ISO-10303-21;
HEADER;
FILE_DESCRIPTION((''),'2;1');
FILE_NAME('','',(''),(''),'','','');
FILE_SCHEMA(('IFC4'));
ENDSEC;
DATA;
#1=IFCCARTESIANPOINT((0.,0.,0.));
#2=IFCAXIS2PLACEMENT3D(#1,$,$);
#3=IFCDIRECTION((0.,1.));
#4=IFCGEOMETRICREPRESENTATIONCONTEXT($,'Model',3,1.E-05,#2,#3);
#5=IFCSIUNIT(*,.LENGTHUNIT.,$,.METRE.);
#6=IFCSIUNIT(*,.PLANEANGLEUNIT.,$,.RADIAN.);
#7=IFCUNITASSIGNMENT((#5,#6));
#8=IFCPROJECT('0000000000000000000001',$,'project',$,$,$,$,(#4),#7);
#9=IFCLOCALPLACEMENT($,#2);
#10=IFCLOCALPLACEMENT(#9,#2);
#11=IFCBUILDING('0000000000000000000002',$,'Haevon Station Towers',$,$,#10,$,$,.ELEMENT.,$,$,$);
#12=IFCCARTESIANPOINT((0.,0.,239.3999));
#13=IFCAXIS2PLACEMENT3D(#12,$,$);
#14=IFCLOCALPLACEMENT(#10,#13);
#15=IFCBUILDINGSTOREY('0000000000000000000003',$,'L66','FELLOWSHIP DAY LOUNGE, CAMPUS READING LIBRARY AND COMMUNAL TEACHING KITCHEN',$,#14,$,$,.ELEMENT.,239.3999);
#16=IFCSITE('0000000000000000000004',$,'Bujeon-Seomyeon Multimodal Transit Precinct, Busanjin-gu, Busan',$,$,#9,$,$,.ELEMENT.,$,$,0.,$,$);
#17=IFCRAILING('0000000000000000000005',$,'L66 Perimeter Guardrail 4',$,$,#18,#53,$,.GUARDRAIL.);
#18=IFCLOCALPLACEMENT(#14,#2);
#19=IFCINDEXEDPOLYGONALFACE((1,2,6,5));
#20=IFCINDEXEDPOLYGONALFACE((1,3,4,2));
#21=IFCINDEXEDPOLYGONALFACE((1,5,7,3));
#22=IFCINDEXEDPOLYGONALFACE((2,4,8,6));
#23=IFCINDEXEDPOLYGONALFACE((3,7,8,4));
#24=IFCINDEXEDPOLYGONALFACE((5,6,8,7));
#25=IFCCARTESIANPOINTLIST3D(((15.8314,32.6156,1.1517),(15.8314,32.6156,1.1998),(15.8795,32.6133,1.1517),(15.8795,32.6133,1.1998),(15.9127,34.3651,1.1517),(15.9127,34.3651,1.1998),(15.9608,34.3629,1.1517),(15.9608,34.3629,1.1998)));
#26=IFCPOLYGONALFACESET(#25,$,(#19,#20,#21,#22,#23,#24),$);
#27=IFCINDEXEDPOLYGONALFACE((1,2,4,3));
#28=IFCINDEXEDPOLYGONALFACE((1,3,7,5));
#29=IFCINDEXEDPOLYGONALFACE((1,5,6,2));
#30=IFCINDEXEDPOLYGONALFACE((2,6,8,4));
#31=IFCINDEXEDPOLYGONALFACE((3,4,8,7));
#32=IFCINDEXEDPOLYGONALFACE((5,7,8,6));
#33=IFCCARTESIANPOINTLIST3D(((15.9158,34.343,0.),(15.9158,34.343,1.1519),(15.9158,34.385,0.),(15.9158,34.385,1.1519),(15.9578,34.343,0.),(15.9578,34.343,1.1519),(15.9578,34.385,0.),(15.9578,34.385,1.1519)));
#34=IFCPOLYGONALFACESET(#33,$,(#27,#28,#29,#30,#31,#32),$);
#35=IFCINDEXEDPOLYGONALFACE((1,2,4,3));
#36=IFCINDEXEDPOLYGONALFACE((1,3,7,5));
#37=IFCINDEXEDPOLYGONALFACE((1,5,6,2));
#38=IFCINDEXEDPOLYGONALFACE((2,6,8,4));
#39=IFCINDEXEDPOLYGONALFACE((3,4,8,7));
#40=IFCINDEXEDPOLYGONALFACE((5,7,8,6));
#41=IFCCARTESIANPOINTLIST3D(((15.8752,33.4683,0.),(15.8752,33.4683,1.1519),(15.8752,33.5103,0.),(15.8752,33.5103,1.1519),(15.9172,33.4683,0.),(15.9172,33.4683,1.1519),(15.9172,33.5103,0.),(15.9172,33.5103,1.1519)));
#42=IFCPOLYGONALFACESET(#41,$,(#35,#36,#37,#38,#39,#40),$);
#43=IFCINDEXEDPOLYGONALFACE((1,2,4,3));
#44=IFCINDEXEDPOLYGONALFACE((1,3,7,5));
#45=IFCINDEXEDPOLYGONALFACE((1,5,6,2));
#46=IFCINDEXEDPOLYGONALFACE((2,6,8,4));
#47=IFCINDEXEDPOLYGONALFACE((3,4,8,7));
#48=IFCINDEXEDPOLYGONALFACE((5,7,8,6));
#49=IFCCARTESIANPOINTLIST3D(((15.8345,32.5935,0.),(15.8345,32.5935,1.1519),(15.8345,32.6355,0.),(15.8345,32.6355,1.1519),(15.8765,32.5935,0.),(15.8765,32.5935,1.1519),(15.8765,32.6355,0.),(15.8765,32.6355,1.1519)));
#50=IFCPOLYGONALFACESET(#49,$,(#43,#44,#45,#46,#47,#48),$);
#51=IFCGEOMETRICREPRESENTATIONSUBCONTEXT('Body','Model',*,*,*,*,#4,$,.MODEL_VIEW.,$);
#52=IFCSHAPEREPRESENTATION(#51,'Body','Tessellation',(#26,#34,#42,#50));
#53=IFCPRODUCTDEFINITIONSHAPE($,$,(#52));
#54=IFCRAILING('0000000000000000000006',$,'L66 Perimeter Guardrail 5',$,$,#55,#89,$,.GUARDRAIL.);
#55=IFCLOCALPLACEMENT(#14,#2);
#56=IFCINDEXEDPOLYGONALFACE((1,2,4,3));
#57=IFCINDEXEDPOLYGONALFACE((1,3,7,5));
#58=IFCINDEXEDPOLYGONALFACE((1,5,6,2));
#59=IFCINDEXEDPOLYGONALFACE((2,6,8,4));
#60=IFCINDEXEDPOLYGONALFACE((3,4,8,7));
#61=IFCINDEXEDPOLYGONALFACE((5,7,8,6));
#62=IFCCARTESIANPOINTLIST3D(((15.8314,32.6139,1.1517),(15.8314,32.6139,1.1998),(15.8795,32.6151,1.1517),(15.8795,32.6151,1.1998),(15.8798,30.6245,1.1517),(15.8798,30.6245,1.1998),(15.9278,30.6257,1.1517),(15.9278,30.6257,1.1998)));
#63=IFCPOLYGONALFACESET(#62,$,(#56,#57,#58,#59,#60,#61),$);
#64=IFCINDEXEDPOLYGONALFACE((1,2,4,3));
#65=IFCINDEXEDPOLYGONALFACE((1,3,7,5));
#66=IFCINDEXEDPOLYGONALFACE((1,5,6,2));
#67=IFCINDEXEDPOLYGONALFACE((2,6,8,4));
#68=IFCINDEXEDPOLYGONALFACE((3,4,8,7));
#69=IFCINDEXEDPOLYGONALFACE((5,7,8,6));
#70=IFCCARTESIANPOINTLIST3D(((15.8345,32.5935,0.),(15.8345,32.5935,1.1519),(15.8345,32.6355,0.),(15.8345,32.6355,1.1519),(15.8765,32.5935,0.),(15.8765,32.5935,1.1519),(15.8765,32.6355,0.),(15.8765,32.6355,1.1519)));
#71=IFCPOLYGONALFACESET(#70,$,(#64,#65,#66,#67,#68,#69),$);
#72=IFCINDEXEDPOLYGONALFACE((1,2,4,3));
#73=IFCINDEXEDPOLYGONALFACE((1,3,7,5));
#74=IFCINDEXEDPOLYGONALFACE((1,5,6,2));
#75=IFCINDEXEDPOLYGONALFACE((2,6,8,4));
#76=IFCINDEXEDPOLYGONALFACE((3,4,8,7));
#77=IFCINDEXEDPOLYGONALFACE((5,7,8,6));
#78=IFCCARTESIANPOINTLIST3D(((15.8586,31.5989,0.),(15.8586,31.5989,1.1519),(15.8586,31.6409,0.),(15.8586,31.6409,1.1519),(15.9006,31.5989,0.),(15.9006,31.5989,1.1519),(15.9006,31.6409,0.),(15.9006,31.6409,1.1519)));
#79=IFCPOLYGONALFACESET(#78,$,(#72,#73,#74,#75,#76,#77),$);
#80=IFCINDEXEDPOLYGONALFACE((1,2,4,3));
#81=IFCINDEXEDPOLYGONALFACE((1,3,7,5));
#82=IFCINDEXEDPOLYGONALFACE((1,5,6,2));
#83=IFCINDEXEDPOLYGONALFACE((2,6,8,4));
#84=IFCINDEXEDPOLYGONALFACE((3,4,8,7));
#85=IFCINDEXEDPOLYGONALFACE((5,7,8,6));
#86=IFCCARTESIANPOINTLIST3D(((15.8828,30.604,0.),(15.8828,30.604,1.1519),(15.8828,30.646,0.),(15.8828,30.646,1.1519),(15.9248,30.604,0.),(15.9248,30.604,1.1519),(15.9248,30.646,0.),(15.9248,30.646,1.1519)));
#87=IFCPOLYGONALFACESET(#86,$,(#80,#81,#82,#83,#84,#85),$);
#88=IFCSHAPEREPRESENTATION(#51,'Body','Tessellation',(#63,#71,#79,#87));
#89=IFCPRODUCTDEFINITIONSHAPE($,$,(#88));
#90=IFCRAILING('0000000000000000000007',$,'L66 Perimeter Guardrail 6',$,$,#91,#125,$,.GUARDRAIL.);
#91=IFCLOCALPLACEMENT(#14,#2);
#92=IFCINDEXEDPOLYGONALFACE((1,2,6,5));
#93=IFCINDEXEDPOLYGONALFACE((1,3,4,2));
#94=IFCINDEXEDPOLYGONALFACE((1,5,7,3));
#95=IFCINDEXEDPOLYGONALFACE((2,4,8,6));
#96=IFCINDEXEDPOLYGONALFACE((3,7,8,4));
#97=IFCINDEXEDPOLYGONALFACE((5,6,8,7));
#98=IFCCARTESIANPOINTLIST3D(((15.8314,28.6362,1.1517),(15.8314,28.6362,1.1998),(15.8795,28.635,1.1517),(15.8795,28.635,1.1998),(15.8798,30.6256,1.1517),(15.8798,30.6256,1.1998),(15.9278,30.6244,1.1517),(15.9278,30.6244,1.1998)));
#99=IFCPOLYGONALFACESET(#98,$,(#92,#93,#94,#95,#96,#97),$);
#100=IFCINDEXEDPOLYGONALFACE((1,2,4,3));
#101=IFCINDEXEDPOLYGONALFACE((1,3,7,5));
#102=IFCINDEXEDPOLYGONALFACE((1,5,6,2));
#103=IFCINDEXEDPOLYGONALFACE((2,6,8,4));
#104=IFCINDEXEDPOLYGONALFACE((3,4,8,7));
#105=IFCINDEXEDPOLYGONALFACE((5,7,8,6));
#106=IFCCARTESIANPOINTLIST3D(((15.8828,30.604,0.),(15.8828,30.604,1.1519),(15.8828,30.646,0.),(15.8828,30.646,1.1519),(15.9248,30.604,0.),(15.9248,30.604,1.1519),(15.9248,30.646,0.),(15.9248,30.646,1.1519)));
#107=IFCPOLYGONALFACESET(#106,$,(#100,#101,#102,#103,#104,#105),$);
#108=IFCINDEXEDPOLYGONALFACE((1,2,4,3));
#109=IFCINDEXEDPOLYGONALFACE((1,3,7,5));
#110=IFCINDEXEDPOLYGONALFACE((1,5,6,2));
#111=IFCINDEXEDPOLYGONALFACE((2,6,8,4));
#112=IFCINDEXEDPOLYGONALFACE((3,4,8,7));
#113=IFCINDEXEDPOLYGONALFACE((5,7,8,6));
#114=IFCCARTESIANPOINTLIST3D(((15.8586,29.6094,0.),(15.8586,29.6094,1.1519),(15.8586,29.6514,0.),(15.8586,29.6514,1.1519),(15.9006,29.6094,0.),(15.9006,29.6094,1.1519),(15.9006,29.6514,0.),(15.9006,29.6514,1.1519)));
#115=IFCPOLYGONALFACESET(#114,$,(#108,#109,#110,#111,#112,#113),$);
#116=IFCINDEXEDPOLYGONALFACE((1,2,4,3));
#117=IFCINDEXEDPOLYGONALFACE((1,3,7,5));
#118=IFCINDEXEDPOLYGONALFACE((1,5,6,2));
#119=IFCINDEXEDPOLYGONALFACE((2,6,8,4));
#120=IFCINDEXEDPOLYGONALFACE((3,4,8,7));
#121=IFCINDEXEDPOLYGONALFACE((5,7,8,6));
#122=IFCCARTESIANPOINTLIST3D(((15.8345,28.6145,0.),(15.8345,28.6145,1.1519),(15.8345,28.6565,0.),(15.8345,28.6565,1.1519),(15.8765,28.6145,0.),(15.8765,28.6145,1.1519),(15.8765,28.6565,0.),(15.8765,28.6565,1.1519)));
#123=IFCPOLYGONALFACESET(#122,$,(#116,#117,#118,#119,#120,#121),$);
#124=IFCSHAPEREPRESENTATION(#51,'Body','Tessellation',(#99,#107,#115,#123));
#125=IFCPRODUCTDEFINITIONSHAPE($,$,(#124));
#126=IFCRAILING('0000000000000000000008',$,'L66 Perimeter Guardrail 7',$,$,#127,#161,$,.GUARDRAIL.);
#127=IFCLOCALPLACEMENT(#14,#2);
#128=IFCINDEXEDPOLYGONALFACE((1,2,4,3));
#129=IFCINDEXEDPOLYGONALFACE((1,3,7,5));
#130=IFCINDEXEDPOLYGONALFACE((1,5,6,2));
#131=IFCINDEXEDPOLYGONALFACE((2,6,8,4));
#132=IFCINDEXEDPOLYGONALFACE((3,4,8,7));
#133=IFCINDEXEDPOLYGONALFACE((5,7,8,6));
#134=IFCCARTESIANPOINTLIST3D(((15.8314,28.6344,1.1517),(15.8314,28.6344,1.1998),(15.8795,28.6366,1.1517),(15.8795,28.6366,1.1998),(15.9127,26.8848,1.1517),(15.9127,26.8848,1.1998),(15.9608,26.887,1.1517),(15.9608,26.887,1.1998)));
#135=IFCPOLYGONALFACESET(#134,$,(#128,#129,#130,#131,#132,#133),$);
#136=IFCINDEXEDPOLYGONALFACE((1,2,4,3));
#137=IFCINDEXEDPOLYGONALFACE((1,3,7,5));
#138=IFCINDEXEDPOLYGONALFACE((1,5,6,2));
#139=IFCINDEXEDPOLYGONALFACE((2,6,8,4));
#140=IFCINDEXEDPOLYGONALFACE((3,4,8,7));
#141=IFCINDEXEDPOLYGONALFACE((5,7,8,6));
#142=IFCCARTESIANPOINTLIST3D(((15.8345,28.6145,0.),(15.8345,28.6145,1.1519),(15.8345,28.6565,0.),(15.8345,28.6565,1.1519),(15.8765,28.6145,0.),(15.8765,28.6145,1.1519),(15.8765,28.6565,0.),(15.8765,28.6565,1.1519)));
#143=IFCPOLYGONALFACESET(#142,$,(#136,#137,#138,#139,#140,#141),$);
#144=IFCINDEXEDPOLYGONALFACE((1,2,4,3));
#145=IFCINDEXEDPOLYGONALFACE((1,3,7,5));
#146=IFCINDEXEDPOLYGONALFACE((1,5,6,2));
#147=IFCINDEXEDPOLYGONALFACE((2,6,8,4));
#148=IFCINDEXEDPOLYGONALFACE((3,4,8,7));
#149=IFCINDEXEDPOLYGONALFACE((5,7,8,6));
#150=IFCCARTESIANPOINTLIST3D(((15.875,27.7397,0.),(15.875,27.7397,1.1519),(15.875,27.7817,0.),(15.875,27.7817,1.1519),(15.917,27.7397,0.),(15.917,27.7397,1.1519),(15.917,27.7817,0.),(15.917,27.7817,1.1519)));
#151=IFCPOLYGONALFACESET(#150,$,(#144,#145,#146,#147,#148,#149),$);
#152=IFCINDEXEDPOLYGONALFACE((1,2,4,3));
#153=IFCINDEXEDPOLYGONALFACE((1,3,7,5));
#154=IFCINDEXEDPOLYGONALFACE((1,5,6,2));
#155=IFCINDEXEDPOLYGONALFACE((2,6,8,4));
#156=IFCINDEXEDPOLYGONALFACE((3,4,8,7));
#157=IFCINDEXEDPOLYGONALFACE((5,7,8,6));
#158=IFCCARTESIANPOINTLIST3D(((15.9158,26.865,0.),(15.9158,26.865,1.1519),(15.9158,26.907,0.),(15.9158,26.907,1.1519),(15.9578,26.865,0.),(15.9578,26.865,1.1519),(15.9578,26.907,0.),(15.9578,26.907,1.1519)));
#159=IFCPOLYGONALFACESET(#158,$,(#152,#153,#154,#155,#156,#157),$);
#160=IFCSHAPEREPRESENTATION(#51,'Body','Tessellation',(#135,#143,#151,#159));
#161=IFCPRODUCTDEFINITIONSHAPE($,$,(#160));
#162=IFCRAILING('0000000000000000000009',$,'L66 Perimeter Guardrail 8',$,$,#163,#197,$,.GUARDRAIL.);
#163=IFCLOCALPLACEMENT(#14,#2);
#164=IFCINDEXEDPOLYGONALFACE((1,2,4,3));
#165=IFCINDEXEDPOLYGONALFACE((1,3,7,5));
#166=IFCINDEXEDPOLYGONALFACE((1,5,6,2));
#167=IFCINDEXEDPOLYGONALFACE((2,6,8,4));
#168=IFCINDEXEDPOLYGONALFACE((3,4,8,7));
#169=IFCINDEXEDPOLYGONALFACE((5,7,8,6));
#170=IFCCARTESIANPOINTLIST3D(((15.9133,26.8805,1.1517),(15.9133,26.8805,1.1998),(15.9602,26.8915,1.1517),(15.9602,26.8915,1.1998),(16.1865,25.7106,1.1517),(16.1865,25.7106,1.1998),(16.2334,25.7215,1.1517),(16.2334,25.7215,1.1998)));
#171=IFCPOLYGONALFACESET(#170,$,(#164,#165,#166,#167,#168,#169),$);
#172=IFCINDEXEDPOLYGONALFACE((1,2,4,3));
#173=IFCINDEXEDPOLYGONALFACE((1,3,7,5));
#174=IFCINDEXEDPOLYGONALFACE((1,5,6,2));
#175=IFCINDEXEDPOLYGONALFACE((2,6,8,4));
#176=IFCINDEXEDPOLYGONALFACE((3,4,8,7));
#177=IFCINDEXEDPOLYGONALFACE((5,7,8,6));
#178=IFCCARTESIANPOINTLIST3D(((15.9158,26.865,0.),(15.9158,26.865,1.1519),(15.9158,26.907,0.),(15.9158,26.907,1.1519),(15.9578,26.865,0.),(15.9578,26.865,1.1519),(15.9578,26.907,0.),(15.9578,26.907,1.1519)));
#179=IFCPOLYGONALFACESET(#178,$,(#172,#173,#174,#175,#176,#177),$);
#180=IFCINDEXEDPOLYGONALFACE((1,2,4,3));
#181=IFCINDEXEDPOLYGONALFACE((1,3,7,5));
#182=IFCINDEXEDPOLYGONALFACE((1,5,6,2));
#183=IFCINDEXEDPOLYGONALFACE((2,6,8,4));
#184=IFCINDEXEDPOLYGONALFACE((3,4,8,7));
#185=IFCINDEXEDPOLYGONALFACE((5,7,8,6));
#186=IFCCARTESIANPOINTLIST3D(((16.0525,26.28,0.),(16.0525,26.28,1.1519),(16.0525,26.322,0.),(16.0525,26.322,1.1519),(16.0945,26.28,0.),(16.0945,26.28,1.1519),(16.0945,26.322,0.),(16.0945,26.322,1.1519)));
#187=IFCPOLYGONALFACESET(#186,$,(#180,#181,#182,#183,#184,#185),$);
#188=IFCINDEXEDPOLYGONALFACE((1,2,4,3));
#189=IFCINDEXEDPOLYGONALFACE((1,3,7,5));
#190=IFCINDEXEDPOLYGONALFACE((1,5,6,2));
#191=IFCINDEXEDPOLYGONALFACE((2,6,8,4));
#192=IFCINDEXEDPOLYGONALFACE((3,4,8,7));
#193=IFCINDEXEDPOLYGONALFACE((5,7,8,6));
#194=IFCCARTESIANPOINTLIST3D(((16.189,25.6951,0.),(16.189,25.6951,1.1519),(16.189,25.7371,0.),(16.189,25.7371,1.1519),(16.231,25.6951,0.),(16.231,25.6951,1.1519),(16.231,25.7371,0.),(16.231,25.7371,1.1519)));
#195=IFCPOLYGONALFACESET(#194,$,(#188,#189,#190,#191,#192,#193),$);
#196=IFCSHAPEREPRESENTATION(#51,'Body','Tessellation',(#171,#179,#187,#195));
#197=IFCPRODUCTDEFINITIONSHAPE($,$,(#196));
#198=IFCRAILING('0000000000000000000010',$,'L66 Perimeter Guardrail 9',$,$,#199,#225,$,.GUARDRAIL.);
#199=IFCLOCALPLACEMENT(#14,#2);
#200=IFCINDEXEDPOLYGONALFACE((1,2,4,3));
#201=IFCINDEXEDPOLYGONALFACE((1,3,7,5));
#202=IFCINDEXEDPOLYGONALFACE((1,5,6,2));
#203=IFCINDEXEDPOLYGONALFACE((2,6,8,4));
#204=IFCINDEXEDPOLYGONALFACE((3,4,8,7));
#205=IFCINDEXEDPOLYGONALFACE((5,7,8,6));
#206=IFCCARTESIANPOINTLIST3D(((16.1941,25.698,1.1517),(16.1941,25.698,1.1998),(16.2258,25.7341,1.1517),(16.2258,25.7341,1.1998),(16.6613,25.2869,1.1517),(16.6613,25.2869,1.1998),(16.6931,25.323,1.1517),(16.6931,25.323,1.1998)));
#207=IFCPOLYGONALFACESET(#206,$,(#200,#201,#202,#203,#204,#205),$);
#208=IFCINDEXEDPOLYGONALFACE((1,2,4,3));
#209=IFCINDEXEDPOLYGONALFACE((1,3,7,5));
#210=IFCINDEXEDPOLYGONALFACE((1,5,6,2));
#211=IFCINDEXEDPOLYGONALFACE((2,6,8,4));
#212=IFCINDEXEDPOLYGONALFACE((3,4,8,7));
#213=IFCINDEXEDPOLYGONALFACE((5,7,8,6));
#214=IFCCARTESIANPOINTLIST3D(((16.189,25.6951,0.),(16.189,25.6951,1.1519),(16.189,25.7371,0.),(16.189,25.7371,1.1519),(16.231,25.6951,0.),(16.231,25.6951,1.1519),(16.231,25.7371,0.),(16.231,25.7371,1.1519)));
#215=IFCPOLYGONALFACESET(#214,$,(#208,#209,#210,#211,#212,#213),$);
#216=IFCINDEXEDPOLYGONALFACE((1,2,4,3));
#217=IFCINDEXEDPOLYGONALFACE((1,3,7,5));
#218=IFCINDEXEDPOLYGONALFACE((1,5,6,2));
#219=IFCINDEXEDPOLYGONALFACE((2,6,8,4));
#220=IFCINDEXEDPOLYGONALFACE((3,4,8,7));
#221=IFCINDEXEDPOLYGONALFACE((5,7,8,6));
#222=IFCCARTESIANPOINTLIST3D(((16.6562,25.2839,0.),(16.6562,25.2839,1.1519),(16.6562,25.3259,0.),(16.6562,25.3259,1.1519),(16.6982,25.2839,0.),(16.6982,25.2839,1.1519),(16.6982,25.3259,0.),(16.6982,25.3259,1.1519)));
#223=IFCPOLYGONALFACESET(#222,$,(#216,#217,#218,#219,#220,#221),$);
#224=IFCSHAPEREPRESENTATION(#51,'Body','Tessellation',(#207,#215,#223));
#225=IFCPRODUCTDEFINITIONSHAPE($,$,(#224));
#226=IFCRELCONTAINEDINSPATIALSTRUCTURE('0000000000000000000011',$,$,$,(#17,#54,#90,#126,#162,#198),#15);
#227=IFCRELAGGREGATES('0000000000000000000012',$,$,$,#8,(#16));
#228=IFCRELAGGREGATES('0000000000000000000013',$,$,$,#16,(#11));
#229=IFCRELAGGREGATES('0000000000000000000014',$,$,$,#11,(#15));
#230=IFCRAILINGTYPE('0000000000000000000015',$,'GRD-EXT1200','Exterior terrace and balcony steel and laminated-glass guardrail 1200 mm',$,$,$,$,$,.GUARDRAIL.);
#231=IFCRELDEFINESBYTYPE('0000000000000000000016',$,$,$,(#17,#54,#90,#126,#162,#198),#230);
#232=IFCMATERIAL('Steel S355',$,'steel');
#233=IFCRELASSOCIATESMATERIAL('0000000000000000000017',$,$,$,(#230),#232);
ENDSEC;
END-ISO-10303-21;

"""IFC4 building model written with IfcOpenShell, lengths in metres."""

from ifc_helpers import new_model, si_unit, direction, frame, origin, origin_2d, place, context, subcontext, project, spatial, rectangle, extrude, material, type_object, element, save


model = new_model("IFC4")

# Units and contexts
model_context = context("Model", 3, precision=1e-05, world=origin(), true_north=direction((0.0, 1.0)))
body_context = subcontext(model_context, "Body", "Model", "MODEL_VIEW")
ifc_project = project(units=[si_unit("LENGTHUNIT", "METRE"), si_unit("PLANEANGLEUNIT", "RADIAN")], contexts=[model_context])

# Site, building, storey
site_placement = place(None, origin())
site = spatial("IfcSite", under=ifc_project, at=site_placement, Name="Bujeon-Seomyeon Multimodal Transit Precinct, Busanjin-gu, Busan", CompositionType="ELEMENT", RefElevation=0.0)
building_placement = place(site_placement, origin())
building = spatial("IfcBuilding", under=site, at=building_placement, Name="Haevon Station Towers", CompositionType="ELEMENT")
storey_placement = place(building_placement, frame((0.0, 0.0, 239.3999)))
storey = spatial("IfcBuildingStorey", under=building, at=storey_placement, Name="L66", Description="FELLOWSHIP DAY LOUNGE, CAMPUS READING LIBRARY AND COMMUNAL TEACHING KITCHEN", CompositionType="ELEMENT", Elevation=239.3999)

# Shared definitions
ifc_material_1 = material(Name="Steel S355", Category="steel")

# Railings
railing_type = type_object("IfcRailingType", Name="GRD-EXT1200", Description="Exterior terrace and balcony steel and laminated-glass guardrail 1200 mm", PredefinedType="GUARDRAIL", material=ifc_material_1)
railing_1_placement = place(storey_placement, frame((15.9368, 34.364, 0.0)))
element("IfcRailing", 1, at=railing_1_placement, inside=storey, type_object=railing_type, Name="L66 Perimeter Guardrail 4", PredefinedType="GUARDRAIL", context=body_context, shape_type="SweptSolid", body=[
    extrude(rectangle(XDim=0.0481, YDim=0.0481, at=origin_2d()), frame((0.0, 0.0, 1.1758), z_axis=(-0.046419, -0.998922, 0.0), x_axis=(0.998922, -0.046419, 0.0)), (0.0, 0.0, 1.0), 1.7515),
    extrude(rectangle(XDim=0.042, YDim=0.042, at=origin_2d()), origin(), (0.0, 0.0, 1.0), 1.1519),
    extrude(rectangle(XDim=0.042, YDim=0.042, at=origin_2d()), frame((-0.0405, -0.8748, 0.0)), (0.0, 0.0, 1.0), 1.1519),
    extrude(rectangle(XDim=0.042, YDim=0.042, at=origin_2d()), frame((-0.0813, -1.7495, 0.0)), (0.0, 0.0, 1.0), 1.1519),
])
railing_2_placement = place(storey_placement, frame((15.8555, 32.6145, 0.0)))
element("IfcRailing", 2, at=railing_2_placement, inside=storey, type_object=railing_type, Name="L66 Perimeter Guardrail 5", PredefinedType="GUARDRAIL", context=body_context, shape_type="SweptSolid", body=[
    extrude(rectangle(XDim=0.0481, YDim=0.0481, at=origin_2d()), frame((0.0, 0.0, 1.1758), z_axis=(0.02429, -0.999705, 0.0), x_axis=(0.999705, 0.02429, 0.0)), (0.0, 0.0, 1.0), 1.99),
    extrude(rectangle(XDim=0.042, YDim=0.042, at=origin_2d()), origin(), (0.0, 0.0, 1.0), 1.1519),
    extrude(rectangle(XDim=0.042, YDim=0.042, at=origin_2d()), frame((0.0242, -0.9946, 0.0)), (0.0, 0.0, 1.0), 1.1519),
    extrude(rectangle(XDim=0.042, YDim=0.042, at=origin_2d()), frame((0.0483, -1.9895, 0.0)), (0.0, 0.0, 1.0), 1.1519),
])
railing_3_placement = place(storey_placement, frame((15.9038, 30.625, 0.0)))
element("IfcRailing", 3, at=railing_3_placement, inside=storey, type_object=railing_type, Name="L66 Perimeter Guardrail 6", PredefinedType="GUARDRAIL", context=body_context, shape_type="SweptSolid", body=[
    extrude(rectangle(XDim=0.0481, YDim=0.0481, at=origin_2d()), frame((0.0, 0.0, 1.1758), z_axis=(-0.02429, -0.999705, 0.0), x_axis=(0.999705, -0.02429, 0.0)), (0.0, 0.0, 1.0), 1.99),
    extrude(rectangle(XDim=0.042, YDim=0.042, at=origin_2d()), origin(), (0.0, 0.0, 1.0), 1.1519),
    extrude(rectangle(XDim=0.042, YDim=0.042, at=origin_2d()), frame((-0.0242, -0.9946, 0.0)), (0.0, 0.0, 1.0), 1.1519),
    extrude(rectangle(XDim=0.042, YDim=0.042, at=origin_2d()), frame((-0.0483, -1.9895, 0.0)), (0.0, 0.0, 1.0), 1.1519),
])
railing_4_placement = place(storey_placement, frame((15.8555, 28.6355, 0.0)))
element("IfcRailing", 4, at=railing_4_placement, inside=storey, type_object=railing_type, Name="L66 Perimeter Guardrail 7", PredefinedType="GUARDRAIL", context=body_context, shape_type="SweptSolid", body=[
    extrude(rectangle(XDim=0.0481, YDim=0.0481, at=origin_2d()), frame((0.0, 0.0, 1.1758), z_axis=(0.046419, -0.998922, 0.0), x_axis=(0.998922, 0.046419, 0.0)), (0.0, 0.0, 1.0), 1.7515),
    extrude(rectangle(XDim=0.042, YDim=0.042, at=origin_2d()), origin(), (0.0, 0.0, 1.0), 1.1519),
    extrude(rectangle(XDim=0.042, YDim=0.042, at=origin_2d()), frame((0.0405, -0.8748, 0.0)), (0.0, 0.0, 1.0), 1.1519),
    extrude(rectangle(XDim=0.042, YDim=0.042, at=origin_2d()), frame((0.0813, -1.7495, 0.0)), (0.0, 0.0, 1.0), 1.1519),
])
railing_5_placement = place(storey_placement, frame((15.9368, 26.886, 0.0)))
element("IfcRailing", 5, at=railing_5_placement, inside=storey, type_object=railing_type, Name="L66 Perimeter Guardrail 8", PredefinedType="GUARDRAIL", context=body_context, shape_type="SweptSolid", body=[
    extrude(rectangle(XDim=0.0481, YDim=0.0481, at=origin_2d()), frame((0.0, 0.0, 1.1758), z_axis=(0.227397, -0.973802, 0.0), x_axis=(0.973802, 0.227397, 0.0)), (0.0, 0.0, 1.0), 1.2014),
    extrude(rectangle(XDim=0.042, YDim=0.042, at=origin_2d()), origin(), (0.0, 0.0, 1.0), 1.1519),
    extrude(rectangle(XDim=0.042, YDim=0.042, at=origin_2d()), frame((0.1367, -0.585, 0.0)), (0.0, 0.0, 1.0), 1.1519),
    extrude(rectangle(XDim=0.042, YDim=0.042, at=origin_2d()), frame((0.2732, -1.1699, 0.0)), (0.0, 0.0, 1.0), 1.1519),
])
railing_6_placement = place(storey_placement, frame((16.21, 25.7161, 0.0)))
element("IfcRailing", 6, at=railing_6_placement, inside=storey, type_object=railing_type, Name="L66 Perimeter Guardrail 9", PredefinedType="GUARDRAIL", context=body_context, shape_type="SweptSolid", body=[
    extrude(rectangle(XDim=0.0481, YDim=0.0481, at=origin_2d()), frame((0.0, 0.0, 1.1758), z_axis=(0.750776, -0.660557, 0.0), x_axis=(0.660557, 0.750776, 0.0)), (0.0, 0.0, 1.0), 0.6223),
    extrude(rectangle(XDim=0.042, YDim=0.042, at=origin_2d()), origin(), (0.0, 0.0, 1.0), 1.1519),
    extrude(rectangle(XDim=0.042, YDim=0.042, at=origin_2d()), frame((0.4673, -0.4111, 0.0)), (0.0, 0.0, 1.0), 1.1519),
])

save(model, "model.ifc")
